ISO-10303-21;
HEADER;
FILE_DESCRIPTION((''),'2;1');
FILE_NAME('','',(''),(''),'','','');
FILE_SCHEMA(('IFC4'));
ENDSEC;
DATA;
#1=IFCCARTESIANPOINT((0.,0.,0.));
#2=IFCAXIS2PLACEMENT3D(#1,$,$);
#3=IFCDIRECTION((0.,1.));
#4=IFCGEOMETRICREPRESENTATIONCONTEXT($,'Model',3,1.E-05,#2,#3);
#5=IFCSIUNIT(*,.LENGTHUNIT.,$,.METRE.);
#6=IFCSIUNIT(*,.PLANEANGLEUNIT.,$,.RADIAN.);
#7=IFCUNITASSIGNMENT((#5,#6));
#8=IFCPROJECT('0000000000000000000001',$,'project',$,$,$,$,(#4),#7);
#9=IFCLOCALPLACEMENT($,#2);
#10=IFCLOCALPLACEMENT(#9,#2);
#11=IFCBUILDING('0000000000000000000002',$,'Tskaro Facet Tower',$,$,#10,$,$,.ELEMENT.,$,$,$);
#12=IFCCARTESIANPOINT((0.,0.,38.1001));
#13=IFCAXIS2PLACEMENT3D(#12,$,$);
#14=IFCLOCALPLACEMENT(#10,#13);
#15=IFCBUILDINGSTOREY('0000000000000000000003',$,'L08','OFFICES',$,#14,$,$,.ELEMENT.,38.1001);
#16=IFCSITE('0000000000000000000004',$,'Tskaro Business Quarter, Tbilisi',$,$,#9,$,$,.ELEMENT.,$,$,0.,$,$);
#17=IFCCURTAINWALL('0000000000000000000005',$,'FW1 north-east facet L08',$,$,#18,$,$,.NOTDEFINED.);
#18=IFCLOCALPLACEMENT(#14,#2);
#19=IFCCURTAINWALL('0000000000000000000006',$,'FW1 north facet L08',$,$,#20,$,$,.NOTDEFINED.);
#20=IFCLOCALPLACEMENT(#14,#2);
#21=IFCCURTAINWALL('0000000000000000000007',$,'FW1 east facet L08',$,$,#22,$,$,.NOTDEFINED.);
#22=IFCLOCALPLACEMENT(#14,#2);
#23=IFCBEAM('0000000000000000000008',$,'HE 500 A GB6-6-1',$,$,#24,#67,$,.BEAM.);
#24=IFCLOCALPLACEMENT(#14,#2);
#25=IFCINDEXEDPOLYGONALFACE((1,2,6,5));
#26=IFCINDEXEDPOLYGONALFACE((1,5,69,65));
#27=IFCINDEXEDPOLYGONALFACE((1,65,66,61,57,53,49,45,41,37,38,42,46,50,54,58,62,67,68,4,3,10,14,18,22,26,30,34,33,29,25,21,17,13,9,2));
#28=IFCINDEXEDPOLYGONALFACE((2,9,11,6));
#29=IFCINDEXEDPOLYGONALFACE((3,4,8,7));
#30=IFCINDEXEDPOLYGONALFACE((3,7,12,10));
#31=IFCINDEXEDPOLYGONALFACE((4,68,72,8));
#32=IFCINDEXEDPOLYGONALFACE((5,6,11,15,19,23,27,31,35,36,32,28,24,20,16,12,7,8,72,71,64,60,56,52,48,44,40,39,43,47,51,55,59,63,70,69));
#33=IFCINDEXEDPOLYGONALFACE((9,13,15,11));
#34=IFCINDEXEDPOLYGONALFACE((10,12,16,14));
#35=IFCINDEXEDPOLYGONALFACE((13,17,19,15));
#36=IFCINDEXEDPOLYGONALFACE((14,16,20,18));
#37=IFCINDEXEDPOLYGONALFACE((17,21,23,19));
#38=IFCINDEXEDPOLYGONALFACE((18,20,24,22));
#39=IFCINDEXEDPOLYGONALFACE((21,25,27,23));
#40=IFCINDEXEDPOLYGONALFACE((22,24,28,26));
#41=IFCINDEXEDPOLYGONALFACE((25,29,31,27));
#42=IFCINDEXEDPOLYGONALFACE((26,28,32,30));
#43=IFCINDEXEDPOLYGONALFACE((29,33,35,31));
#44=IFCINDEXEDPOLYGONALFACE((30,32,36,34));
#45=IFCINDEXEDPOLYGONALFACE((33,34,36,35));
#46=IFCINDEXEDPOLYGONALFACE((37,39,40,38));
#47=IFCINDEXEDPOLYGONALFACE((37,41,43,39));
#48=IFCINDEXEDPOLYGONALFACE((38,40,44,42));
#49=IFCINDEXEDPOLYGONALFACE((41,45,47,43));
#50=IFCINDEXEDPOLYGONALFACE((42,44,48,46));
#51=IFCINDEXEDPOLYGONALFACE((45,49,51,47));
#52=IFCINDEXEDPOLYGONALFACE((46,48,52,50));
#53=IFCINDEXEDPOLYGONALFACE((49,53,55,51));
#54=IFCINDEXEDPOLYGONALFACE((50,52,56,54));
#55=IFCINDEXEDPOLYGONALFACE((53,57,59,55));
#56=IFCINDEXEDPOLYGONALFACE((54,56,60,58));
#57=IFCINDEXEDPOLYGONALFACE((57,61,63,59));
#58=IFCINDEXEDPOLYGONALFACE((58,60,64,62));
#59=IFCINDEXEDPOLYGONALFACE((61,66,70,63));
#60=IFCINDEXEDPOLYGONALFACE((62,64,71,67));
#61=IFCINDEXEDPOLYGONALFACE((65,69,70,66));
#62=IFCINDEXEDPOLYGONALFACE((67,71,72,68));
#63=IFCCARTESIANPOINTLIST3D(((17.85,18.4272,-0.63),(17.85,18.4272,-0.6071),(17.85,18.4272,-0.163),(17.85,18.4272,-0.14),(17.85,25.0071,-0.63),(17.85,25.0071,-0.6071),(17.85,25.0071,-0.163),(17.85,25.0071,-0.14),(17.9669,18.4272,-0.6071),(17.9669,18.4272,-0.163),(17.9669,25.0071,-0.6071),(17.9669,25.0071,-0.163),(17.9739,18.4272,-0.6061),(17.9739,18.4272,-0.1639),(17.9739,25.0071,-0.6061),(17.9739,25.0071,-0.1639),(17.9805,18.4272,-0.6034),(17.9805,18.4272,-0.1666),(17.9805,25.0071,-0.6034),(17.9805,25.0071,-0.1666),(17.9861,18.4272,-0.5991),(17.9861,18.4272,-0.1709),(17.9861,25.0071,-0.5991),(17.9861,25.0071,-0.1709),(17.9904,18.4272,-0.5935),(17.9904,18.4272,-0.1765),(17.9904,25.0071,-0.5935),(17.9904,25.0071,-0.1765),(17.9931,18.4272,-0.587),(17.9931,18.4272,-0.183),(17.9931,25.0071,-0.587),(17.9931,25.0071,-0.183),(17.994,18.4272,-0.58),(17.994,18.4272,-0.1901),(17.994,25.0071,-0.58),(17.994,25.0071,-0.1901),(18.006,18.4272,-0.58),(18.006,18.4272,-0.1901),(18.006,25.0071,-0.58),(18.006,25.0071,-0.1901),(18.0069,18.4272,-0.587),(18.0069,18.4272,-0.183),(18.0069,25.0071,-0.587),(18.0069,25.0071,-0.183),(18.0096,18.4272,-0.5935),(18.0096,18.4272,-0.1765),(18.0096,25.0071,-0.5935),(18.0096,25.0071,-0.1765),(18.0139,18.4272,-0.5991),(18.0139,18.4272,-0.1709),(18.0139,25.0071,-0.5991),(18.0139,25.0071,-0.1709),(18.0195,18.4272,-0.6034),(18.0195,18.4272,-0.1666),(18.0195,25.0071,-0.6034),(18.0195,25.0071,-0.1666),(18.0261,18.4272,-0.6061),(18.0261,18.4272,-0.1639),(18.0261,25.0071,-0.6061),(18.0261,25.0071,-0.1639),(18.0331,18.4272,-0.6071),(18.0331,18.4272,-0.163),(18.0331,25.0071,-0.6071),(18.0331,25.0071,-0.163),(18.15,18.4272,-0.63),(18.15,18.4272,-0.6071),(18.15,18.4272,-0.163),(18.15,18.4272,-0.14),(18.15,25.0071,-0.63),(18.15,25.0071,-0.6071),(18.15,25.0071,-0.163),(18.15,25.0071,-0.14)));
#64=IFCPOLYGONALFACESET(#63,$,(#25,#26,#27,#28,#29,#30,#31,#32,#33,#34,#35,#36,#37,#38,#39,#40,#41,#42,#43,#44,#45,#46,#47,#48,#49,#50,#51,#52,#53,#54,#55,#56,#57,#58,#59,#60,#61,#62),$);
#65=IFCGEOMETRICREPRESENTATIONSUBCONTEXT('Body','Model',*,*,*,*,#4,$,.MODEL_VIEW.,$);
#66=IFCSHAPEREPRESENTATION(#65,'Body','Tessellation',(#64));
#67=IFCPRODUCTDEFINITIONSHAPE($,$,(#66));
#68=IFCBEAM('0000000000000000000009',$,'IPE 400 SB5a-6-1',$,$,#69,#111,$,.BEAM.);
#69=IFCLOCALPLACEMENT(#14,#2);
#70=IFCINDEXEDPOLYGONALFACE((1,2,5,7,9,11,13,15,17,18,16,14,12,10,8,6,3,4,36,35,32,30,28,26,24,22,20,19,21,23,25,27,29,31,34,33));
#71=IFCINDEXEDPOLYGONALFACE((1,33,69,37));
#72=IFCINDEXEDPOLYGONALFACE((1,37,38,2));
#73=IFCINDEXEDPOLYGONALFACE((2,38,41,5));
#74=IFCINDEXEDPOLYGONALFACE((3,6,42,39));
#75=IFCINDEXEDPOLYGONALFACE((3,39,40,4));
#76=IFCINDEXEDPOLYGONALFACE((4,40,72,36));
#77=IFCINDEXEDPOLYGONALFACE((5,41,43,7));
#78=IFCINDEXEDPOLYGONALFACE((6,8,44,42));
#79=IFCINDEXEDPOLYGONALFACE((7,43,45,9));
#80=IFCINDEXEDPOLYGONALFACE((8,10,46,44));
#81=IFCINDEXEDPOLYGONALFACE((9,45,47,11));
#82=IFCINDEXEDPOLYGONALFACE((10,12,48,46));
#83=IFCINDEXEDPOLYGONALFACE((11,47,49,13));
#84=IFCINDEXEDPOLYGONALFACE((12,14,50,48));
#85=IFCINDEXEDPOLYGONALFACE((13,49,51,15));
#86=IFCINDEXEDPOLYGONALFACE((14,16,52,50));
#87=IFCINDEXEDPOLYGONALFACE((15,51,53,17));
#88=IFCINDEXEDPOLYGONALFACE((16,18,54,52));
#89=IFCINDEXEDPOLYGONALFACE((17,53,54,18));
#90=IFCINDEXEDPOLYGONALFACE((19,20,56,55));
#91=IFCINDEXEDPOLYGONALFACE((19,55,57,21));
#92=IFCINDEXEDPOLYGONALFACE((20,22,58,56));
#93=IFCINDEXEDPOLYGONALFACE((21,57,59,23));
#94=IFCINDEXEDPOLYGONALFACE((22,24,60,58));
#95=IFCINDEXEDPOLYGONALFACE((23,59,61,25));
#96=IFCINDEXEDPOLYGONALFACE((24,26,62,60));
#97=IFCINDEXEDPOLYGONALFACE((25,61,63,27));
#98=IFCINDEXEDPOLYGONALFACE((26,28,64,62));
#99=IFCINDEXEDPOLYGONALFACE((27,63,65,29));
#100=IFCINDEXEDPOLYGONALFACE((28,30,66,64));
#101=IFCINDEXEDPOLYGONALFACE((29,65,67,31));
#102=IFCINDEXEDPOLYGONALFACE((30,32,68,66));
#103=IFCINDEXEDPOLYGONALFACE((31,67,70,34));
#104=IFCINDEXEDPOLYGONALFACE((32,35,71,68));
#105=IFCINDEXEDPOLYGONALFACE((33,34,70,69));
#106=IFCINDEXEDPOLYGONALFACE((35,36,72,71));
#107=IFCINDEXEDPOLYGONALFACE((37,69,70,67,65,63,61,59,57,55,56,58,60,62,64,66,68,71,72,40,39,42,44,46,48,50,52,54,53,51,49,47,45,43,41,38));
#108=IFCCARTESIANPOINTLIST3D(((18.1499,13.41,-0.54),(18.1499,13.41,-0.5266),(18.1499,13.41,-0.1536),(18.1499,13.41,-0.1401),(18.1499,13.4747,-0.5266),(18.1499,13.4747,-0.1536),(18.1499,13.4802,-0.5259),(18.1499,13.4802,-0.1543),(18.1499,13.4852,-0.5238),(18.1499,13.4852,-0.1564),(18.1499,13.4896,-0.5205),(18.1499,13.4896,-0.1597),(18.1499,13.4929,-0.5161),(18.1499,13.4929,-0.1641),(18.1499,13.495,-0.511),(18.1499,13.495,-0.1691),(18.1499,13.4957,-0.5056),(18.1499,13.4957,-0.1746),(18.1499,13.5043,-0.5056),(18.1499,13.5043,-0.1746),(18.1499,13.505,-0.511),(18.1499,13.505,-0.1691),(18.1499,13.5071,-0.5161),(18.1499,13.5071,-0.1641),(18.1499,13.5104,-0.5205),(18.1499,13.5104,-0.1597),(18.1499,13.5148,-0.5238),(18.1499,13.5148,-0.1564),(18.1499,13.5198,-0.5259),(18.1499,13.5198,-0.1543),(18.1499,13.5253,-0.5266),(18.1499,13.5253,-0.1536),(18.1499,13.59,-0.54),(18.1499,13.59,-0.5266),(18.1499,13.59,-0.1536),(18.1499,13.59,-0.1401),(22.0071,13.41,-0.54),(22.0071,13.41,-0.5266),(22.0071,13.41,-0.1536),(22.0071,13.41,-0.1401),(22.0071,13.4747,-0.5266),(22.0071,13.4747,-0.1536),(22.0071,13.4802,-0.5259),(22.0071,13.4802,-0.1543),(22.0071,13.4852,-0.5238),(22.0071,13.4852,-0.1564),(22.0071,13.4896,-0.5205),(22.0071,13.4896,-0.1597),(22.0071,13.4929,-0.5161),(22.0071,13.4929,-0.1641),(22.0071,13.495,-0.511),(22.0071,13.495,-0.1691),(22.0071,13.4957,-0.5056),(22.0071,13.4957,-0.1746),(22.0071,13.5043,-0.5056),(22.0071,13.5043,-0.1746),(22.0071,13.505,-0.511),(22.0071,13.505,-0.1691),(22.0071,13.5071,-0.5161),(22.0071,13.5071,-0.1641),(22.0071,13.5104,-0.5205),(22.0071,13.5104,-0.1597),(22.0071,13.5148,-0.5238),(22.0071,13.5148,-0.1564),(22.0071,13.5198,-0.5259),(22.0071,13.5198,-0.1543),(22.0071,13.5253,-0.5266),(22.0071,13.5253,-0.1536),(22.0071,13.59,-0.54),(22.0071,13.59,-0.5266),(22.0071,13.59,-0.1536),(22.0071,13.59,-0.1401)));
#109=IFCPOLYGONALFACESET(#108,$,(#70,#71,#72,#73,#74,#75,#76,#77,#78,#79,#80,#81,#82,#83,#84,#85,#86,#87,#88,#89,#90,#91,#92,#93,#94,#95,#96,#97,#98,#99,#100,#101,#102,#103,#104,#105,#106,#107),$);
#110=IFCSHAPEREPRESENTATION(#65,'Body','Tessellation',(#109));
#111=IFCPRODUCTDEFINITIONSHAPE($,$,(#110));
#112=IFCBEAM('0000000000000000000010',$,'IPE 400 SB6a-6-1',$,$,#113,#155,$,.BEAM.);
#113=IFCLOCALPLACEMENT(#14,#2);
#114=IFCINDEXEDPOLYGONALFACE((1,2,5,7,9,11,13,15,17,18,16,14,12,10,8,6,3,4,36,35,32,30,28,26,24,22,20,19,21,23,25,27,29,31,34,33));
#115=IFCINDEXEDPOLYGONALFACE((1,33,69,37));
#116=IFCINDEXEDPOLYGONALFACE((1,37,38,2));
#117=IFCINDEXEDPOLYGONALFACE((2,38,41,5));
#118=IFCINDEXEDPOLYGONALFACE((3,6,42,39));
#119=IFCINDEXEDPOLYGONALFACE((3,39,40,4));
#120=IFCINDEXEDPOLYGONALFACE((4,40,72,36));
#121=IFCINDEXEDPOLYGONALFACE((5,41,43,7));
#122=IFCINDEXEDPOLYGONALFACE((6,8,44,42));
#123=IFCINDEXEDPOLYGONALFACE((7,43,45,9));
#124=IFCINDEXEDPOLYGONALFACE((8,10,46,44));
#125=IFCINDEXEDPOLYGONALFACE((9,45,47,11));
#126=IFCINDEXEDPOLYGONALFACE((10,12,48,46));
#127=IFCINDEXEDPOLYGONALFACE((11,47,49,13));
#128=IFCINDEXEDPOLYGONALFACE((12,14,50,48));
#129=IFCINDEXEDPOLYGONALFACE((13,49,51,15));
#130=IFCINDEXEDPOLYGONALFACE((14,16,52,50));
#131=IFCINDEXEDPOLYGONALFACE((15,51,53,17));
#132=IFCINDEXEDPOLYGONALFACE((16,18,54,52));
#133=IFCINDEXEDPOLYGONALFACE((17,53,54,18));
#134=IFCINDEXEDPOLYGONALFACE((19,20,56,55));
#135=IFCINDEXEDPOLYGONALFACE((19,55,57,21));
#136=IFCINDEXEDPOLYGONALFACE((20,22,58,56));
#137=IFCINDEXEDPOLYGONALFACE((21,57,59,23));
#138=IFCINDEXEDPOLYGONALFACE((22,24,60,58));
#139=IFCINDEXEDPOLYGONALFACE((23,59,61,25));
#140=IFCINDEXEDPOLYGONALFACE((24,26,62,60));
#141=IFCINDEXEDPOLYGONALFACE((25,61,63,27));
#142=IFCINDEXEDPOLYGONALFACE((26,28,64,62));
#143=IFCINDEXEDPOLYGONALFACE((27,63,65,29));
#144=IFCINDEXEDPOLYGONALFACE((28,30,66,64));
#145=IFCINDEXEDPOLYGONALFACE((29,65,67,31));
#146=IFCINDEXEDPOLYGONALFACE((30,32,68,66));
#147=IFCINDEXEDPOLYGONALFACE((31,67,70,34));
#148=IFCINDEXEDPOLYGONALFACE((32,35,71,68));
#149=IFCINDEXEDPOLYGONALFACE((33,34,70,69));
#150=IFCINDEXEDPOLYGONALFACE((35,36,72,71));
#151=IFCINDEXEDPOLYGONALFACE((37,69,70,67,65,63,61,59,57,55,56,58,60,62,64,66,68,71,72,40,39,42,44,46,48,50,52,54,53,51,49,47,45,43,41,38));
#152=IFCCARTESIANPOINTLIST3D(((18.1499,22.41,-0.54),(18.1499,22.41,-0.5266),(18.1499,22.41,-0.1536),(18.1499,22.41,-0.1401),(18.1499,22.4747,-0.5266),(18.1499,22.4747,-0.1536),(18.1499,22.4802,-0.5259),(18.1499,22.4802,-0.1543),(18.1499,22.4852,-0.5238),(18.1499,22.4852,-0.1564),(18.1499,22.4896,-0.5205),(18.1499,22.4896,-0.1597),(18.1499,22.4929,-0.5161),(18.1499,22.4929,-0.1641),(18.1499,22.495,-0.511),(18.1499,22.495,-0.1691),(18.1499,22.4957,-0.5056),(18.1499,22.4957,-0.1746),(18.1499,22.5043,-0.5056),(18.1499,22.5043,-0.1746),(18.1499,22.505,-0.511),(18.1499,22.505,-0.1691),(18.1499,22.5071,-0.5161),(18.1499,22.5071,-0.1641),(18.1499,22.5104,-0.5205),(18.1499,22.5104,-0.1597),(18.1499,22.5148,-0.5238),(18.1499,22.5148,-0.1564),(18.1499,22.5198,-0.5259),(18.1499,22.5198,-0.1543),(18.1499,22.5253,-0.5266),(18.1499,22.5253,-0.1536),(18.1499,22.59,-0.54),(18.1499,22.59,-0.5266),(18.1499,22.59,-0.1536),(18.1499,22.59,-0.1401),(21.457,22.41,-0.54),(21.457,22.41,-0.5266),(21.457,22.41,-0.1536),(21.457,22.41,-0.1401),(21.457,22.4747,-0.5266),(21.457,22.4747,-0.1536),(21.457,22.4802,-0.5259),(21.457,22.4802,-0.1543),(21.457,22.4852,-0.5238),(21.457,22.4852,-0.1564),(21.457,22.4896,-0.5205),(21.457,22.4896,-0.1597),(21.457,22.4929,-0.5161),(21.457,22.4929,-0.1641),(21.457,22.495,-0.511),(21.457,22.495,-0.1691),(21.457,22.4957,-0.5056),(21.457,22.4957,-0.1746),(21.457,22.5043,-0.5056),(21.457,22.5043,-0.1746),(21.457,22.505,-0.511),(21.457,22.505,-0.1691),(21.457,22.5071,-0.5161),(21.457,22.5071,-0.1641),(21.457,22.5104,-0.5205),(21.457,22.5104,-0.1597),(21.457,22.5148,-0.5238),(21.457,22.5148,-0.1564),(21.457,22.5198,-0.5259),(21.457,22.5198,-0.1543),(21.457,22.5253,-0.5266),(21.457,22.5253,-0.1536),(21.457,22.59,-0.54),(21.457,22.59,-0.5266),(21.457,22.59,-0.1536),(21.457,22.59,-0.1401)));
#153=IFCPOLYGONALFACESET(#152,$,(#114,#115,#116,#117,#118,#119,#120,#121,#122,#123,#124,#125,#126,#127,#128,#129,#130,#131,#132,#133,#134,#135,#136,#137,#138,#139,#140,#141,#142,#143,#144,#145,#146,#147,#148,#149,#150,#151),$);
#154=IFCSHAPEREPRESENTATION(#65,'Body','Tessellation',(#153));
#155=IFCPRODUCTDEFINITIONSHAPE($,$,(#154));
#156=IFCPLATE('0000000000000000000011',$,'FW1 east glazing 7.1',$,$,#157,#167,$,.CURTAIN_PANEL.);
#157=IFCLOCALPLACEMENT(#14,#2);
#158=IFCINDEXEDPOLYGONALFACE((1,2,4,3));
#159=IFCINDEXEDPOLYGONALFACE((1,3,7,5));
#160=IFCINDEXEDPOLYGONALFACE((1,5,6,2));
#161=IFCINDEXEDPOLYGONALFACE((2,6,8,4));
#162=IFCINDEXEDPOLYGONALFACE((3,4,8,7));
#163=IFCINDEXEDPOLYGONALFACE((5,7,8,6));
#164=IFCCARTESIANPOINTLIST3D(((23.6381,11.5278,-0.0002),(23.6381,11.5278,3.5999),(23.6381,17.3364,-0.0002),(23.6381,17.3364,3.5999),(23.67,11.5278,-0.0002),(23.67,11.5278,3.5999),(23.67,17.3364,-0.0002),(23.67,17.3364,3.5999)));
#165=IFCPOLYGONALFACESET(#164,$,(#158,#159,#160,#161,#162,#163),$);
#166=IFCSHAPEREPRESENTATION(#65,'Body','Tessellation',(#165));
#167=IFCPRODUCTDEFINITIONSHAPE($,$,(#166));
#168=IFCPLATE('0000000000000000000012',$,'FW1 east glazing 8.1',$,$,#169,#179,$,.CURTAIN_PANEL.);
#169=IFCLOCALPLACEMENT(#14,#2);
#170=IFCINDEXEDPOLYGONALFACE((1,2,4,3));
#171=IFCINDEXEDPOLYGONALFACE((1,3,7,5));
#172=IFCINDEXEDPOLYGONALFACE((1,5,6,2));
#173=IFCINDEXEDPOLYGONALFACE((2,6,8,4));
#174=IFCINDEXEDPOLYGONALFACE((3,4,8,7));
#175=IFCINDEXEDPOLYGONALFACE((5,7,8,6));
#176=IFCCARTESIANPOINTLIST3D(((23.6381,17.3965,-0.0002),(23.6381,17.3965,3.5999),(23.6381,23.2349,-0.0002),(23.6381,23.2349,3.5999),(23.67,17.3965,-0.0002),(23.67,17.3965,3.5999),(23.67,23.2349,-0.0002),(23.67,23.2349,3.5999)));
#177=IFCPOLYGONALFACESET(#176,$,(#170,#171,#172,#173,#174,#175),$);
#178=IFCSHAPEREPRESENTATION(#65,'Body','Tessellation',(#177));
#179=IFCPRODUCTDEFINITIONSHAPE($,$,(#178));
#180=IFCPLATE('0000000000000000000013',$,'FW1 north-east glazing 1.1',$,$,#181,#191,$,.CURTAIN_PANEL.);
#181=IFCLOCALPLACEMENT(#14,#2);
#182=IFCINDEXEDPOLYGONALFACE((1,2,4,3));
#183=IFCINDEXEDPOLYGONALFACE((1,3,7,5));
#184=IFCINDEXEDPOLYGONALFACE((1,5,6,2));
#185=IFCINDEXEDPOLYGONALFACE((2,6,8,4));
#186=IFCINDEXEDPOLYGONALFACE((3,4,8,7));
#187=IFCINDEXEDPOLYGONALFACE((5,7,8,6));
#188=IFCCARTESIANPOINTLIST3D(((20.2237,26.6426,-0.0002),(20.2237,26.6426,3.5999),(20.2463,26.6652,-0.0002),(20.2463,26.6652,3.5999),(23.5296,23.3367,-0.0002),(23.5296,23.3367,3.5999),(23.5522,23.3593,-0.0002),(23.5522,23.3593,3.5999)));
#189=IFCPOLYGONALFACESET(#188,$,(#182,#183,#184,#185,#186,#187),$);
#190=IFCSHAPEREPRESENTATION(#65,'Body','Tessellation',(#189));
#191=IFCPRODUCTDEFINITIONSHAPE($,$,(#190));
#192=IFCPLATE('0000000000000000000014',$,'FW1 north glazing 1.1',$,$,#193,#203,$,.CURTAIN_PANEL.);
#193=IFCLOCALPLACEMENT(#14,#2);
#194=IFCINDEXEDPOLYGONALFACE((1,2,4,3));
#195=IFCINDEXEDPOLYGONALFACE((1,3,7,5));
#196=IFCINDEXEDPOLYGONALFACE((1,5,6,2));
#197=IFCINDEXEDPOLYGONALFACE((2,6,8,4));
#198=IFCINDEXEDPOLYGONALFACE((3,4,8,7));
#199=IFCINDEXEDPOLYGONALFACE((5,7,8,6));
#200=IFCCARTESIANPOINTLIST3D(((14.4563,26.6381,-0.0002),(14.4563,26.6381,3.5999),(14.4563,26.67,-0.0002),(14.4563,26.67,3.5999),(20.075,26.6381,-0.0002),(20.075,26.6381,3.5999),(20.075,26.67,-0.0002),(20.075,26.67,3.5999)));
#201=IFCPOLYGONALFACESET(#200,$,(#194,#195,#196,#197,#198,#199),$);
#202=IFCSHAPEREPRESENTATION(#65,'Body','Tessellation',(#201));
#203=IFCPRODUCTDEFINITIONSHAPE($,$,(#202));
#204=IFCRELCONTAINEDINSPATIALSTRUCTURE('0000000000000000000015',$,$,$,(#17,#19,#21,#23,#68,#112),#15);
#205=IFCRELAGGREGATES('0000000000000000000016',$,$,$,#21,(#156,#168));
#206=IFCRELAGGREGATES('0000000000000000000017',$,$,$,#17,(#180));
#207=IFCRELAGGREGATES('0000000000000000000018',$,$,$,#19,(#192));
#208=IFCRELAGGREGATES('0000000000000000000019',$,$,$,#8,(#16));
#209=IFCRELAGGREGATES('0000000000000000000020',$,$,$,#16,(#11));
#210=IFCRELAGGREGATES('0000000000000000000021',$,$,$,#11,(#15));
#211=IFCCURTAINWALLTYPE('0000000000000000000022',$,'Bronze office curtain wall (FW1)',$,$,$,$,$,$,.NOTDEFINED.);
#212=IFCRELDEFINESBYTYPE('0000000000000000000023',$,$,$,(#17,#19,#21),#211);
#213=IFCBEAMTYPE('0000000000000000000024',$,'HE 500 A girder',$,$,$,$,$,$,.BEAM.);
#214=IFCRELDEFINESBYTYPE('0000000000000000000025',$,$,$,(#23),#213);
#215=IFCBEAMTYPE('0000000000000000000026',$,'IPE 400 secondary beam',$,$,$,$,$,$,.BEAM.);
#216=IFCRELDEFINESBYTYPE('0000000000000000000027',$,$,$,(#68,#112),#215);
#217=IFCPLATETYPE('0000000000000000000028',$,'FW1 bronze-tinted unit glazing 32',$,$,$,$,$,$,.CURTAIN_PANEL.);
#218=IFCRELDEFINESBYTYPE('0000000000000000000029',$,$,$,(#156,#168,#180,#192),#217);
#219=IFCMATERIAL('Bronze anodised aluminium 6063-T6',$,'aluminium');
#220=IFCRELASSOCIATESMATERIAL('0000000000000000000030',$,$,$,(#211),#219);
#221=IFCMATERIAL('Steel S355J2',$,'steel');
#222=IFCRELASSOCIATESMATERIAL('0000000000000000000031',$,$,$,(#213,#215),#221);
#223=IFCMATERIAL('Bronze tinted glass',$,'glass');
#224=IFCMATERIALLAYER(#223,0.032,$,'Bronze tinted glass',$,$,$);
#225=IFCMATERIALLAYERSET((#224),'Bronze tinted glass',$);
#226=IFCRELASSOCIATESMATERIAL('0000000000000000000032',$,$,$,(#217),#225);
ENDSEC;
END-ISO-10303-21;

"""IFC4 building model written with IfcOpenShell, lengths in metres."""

from ifc_helpers import new_model, si_unit, direction, frame, origin, origin_2d, place, context, subcontext, project, spatial, rectangle, i_section, extrude, material, layer, layer_set, material_profile, profile_set, type_object, element, aggregate, save


model = new_model("IFC4")

# Units and contexts
model_context = context("Model", 3, precision=1e-05, world=origin(), true_north=direction((0.0, 1.0)))
body_context = subcontext(model_context, "Body", "Model", "MODEL_VIEW")
ifc_project = project(units=[si_unit("LENGTHUNIT", "METRE"), si_unit("PLANEANGLEUNIT", "RADIAN")], contexts=[model_context])

# Site, building, storey
site_placement = place(None, origin())
site = spatial("IfcSite", under=ifc_project, at=site_placement, Name="Tskaro Business Quarter, Tbilisi", CompositionType="ELEMENT", RefElevation=0.0)
building_placement = place(site_placement, origin())
building = spatial("IfcBuilding", under=site, at=building_placement, Name="Tskaro Facet Tower", CompositionType="ELEMENT")
storey_placement = place(building_placement, frame((0.0, 0.0, 38.1001)))
storey = spatial("IfcBuildingStorey", under=building, at=storey_placement, Name="L08", Description="OFFICES", CompositionType="ELEMENT", Elevation=38.1001)

# Curtain walls
ifc_material_1 = material(Name="Bronze anodised aluminium 6063-T6", Category="aluminium")
curtain_wall_type = type_object("IfcCurtainWallType", Name="Bronze office curtain wall (FW1)", PredefinedType="NOTDEFINED", material=ifc_material_1)
curtain_wall_1_placement = place(storey_placement, origin())
curtain_wall_1 = element("IfcCurtainWall", 1, at=curtain_wall_1_placement, inside=storey, type_object=curtain_wall_type, Name="FW1 north-east facet L08", PredefinedType="NOTDEFINED")
curtain_wall_2_placement = place(storey_placement, origin())
curtain_wall_2 = element("IfcCurtainWall", 2, at=curtain_wall_2_placement, inside=storey, type_object=curtain_wall_type, Name="FW1 north facet L08", PredefinedType="NOTDEFINED")

# Curtain wall
curtain_wall_3_placement = place(storey_placement, origin())
curtain_wall_3 = element("IfcCurtainWall", 3, at=curtain_wall_3_placement, inside=storey, type_object=curtain_wall_type, Name="FW1 east facet L08", PredefinedType="NOTDEFINED")

# Beams
ifc_material_2 = material(Name="Steel S355J2", Category="steel")
ifc_material_profile_1 = material_profile(ifc_material_2, i_section(OverallWidth=0.3, OverallDepth=0.49, WebThickness=0.012, FlangeThickness=0.0229, FilletRadius=0.0271, at=origin_2d()), Name="HE 500 A")
ifc_profile_set_1 = profile_set([ifc_material_profile_1], Name="Steel S355J2")
beam_type_1 = type_object("IfcBeamType", Name="HE 500 A girder", PredefinedType="BEAM", material=ifc_profile_set_1)
beam_1_placement = place(storey_placement, frame((18.0, 18.4272, -0.385), z_axis=(0.0, 1.0, 0.0), x_axis=(-1.0, 0.0, 0.0)))
element("IfcBeam", 4, at=beam_1_placement, inside=storey, type_object=beam_type_1, Name="HE 500 A GB6-6-1", PredefinedType="BEAM", context=body_context, shape_type="SweptSolid", body=[
    extrude(i_section(OverallWidth=0.3, OverallDepth=0.49, WebThickness=0.012, FlangeThickness=0.0229, FilletRadius=0.0271, at=origin_2d()), origin(), (0.0, 0.0, 1.0), 6.5798),
])
ifc_material_profile_2 = material_profile(ifc_material_2, i_section(OverallWidth=0.1799, OverallDepth=0.3999, WebThickness=0.0085, FlangeThickness=0.0134, FilletRadius=0.021, at=origin_2d()), Name="IPE 400")
ifc_profile_set_2 = profile_set([ifc_material_profile_2], Name="Steel S355J2")
beam_type_2 = type_object("IfcBeamType", Name="IPE 400 secondary beam", PredefinedType="BEAM", material=ifc_profile_set_2)
beam_2_placement = place(storey_placement, frame((18.1499, 13.5, -0.3401), z_axis=(1.0, 0.0, 0.0), x_axis=(0.0, 1.0, 0.0)))
element("IfcBeam", 5, at=beam_2_placement, inside=storey, type_object=beam_type_2, Name="IPE 400 SB5a-6-1", PredefinedType="BEAM", context=body_context, shape_type="SweptSolid", body=[
    extrude(i_section(OverallWidth=0.1799, OverallDepth=0.3999, WebThickness=0.0085, FlangeThickness=0.0134, FilletRadius=0.021, at=origin_2d()), origin(), (0.0, 0.0, 1.0), 3.8572),
])
beam_3_placement = place(storey_placement, frame((18.1499, 22.5, -0.3401), z_axis=(1.0, 0.0, 0.0), x_axis=(0.0, 1.0, 0.0)))
element("IfcBeam", 6, at=beam_3_placement, inside=storey, type_object=beam_type_2, Name="IPE 400 SB6a-6-1", PredefinedType="BEAM", context=body_context, shape_type="SweptSolid", body=[
    extrude(i_section(OverallWidth=0.1799, OverallDepth=0.3999, WebThickness=0.0085, FlangeThickness=0.0134, FilletRadius=0.021, at=origin_2d()), origin(), (0.0, 0.0, 1.0), 3.3071),
])

# Plates
ifc_material_3 = material(Name="Bronze tinted glass", Category="glass")
ifc_layer_1 = layer(ifc_material_3, 0.032, Name="Bronze tinted glass")
ifc_layer_set_1 = layer_set([ifc_layer_1], Name="Bronze tinted glass")
plate_type = type_object("IfcPlateType", Name="FW1 bronze-tinted unit glazing 32", PredefinedType="CURTAIN_PANEL", material=ifc_layer_set_1)
plate_1_placement = place(storey_placement, frame((23.6541, 14.4321, -0.0002), z_axis=(0.0, 0.0, 1.0), x_axis=(0.0, 1.0, 0.0)))
plate_1 = element("IfcPlate", 7, at=plate_1_placement, type_object=plate_type, Name="FW1 east glazing 7.1", PredefinedType="CURTAIN_PANEL", context=body_context, shape_type="SweptSolid", body=[
    extrude(rectangle(XDim=5.8086, YDim=0.032, at=origin_2d()), origin(), (0.0, 0.0, 1.0), 3.6001),
])
plate_2_placement = place(storey_placement, frame((23.6541, 20.3157, -0.0002), z_axis=(0.0, 0.0, 1.0), x_axis=(0.0, 1.0, 0.0)))
plate_2 = element("IfcPlate", 8, at=plate_2_placement, type_object=plate_type, Name="FW1 east glazing 8.1", PredefinedType="CURTAIN_PANEL", context=body_context, shape_type="SweptSolid", body=[
    extrude(rectangle(XDim=5.8384, YDim=0.032, at=origin_2d()), origin(), (0.0, 0.0, 1.0), 3.6001),
])
aggregate(curtain_wall_3, [plate_1, plate_2])
plate_3_placement = place(storey_placement, frame((21.8879, 25.001, -0.0002), z_axis=(0.0, 0.0, 1.0), x_axis=(-0.707107, 0.707107, 0.0)))
plate_3 = element("IfcPlate", 9, at=plate_3_placement, type_object=plate_type, Name="FW1 north-east glazing 1.1", PredefinedType="CURTAIN_PANEL", context=body_context, shape_type="SweptSolid", body=[
    extrude(rectangle(XDim=4.6753, YDim=0.032, at=origin_2d()), origin(), (0.0, 0.0, 1.0), 3.6001),
])
aggregate(curtain_wall_1, [plate_3])
plate_4_placement = place(storey_placement, frame((17.2656, 26.6541, -0.0002), z_axis=(0.0, 0.0, 1.0), x_axis=(-1.0, 0.0, 0.0)))
plate_4 = element("IfcPlate", 10, at=plate_4_placement, type_object=plate_type, Name="FW1 north glazing 1.1", PredefinedType="CURTAIN_PANEL", context=body_context, shape_type="SweptSolid", body=[
    extrude(rectangle(XDim=5.6187, YDim=0.032, at=origin_2d()), origin(), (0.0, 0.0, 1.0), 3.6001),
])
aggregate(curtain_wall_2, [plate_4])

save(model, "model.ifc")
